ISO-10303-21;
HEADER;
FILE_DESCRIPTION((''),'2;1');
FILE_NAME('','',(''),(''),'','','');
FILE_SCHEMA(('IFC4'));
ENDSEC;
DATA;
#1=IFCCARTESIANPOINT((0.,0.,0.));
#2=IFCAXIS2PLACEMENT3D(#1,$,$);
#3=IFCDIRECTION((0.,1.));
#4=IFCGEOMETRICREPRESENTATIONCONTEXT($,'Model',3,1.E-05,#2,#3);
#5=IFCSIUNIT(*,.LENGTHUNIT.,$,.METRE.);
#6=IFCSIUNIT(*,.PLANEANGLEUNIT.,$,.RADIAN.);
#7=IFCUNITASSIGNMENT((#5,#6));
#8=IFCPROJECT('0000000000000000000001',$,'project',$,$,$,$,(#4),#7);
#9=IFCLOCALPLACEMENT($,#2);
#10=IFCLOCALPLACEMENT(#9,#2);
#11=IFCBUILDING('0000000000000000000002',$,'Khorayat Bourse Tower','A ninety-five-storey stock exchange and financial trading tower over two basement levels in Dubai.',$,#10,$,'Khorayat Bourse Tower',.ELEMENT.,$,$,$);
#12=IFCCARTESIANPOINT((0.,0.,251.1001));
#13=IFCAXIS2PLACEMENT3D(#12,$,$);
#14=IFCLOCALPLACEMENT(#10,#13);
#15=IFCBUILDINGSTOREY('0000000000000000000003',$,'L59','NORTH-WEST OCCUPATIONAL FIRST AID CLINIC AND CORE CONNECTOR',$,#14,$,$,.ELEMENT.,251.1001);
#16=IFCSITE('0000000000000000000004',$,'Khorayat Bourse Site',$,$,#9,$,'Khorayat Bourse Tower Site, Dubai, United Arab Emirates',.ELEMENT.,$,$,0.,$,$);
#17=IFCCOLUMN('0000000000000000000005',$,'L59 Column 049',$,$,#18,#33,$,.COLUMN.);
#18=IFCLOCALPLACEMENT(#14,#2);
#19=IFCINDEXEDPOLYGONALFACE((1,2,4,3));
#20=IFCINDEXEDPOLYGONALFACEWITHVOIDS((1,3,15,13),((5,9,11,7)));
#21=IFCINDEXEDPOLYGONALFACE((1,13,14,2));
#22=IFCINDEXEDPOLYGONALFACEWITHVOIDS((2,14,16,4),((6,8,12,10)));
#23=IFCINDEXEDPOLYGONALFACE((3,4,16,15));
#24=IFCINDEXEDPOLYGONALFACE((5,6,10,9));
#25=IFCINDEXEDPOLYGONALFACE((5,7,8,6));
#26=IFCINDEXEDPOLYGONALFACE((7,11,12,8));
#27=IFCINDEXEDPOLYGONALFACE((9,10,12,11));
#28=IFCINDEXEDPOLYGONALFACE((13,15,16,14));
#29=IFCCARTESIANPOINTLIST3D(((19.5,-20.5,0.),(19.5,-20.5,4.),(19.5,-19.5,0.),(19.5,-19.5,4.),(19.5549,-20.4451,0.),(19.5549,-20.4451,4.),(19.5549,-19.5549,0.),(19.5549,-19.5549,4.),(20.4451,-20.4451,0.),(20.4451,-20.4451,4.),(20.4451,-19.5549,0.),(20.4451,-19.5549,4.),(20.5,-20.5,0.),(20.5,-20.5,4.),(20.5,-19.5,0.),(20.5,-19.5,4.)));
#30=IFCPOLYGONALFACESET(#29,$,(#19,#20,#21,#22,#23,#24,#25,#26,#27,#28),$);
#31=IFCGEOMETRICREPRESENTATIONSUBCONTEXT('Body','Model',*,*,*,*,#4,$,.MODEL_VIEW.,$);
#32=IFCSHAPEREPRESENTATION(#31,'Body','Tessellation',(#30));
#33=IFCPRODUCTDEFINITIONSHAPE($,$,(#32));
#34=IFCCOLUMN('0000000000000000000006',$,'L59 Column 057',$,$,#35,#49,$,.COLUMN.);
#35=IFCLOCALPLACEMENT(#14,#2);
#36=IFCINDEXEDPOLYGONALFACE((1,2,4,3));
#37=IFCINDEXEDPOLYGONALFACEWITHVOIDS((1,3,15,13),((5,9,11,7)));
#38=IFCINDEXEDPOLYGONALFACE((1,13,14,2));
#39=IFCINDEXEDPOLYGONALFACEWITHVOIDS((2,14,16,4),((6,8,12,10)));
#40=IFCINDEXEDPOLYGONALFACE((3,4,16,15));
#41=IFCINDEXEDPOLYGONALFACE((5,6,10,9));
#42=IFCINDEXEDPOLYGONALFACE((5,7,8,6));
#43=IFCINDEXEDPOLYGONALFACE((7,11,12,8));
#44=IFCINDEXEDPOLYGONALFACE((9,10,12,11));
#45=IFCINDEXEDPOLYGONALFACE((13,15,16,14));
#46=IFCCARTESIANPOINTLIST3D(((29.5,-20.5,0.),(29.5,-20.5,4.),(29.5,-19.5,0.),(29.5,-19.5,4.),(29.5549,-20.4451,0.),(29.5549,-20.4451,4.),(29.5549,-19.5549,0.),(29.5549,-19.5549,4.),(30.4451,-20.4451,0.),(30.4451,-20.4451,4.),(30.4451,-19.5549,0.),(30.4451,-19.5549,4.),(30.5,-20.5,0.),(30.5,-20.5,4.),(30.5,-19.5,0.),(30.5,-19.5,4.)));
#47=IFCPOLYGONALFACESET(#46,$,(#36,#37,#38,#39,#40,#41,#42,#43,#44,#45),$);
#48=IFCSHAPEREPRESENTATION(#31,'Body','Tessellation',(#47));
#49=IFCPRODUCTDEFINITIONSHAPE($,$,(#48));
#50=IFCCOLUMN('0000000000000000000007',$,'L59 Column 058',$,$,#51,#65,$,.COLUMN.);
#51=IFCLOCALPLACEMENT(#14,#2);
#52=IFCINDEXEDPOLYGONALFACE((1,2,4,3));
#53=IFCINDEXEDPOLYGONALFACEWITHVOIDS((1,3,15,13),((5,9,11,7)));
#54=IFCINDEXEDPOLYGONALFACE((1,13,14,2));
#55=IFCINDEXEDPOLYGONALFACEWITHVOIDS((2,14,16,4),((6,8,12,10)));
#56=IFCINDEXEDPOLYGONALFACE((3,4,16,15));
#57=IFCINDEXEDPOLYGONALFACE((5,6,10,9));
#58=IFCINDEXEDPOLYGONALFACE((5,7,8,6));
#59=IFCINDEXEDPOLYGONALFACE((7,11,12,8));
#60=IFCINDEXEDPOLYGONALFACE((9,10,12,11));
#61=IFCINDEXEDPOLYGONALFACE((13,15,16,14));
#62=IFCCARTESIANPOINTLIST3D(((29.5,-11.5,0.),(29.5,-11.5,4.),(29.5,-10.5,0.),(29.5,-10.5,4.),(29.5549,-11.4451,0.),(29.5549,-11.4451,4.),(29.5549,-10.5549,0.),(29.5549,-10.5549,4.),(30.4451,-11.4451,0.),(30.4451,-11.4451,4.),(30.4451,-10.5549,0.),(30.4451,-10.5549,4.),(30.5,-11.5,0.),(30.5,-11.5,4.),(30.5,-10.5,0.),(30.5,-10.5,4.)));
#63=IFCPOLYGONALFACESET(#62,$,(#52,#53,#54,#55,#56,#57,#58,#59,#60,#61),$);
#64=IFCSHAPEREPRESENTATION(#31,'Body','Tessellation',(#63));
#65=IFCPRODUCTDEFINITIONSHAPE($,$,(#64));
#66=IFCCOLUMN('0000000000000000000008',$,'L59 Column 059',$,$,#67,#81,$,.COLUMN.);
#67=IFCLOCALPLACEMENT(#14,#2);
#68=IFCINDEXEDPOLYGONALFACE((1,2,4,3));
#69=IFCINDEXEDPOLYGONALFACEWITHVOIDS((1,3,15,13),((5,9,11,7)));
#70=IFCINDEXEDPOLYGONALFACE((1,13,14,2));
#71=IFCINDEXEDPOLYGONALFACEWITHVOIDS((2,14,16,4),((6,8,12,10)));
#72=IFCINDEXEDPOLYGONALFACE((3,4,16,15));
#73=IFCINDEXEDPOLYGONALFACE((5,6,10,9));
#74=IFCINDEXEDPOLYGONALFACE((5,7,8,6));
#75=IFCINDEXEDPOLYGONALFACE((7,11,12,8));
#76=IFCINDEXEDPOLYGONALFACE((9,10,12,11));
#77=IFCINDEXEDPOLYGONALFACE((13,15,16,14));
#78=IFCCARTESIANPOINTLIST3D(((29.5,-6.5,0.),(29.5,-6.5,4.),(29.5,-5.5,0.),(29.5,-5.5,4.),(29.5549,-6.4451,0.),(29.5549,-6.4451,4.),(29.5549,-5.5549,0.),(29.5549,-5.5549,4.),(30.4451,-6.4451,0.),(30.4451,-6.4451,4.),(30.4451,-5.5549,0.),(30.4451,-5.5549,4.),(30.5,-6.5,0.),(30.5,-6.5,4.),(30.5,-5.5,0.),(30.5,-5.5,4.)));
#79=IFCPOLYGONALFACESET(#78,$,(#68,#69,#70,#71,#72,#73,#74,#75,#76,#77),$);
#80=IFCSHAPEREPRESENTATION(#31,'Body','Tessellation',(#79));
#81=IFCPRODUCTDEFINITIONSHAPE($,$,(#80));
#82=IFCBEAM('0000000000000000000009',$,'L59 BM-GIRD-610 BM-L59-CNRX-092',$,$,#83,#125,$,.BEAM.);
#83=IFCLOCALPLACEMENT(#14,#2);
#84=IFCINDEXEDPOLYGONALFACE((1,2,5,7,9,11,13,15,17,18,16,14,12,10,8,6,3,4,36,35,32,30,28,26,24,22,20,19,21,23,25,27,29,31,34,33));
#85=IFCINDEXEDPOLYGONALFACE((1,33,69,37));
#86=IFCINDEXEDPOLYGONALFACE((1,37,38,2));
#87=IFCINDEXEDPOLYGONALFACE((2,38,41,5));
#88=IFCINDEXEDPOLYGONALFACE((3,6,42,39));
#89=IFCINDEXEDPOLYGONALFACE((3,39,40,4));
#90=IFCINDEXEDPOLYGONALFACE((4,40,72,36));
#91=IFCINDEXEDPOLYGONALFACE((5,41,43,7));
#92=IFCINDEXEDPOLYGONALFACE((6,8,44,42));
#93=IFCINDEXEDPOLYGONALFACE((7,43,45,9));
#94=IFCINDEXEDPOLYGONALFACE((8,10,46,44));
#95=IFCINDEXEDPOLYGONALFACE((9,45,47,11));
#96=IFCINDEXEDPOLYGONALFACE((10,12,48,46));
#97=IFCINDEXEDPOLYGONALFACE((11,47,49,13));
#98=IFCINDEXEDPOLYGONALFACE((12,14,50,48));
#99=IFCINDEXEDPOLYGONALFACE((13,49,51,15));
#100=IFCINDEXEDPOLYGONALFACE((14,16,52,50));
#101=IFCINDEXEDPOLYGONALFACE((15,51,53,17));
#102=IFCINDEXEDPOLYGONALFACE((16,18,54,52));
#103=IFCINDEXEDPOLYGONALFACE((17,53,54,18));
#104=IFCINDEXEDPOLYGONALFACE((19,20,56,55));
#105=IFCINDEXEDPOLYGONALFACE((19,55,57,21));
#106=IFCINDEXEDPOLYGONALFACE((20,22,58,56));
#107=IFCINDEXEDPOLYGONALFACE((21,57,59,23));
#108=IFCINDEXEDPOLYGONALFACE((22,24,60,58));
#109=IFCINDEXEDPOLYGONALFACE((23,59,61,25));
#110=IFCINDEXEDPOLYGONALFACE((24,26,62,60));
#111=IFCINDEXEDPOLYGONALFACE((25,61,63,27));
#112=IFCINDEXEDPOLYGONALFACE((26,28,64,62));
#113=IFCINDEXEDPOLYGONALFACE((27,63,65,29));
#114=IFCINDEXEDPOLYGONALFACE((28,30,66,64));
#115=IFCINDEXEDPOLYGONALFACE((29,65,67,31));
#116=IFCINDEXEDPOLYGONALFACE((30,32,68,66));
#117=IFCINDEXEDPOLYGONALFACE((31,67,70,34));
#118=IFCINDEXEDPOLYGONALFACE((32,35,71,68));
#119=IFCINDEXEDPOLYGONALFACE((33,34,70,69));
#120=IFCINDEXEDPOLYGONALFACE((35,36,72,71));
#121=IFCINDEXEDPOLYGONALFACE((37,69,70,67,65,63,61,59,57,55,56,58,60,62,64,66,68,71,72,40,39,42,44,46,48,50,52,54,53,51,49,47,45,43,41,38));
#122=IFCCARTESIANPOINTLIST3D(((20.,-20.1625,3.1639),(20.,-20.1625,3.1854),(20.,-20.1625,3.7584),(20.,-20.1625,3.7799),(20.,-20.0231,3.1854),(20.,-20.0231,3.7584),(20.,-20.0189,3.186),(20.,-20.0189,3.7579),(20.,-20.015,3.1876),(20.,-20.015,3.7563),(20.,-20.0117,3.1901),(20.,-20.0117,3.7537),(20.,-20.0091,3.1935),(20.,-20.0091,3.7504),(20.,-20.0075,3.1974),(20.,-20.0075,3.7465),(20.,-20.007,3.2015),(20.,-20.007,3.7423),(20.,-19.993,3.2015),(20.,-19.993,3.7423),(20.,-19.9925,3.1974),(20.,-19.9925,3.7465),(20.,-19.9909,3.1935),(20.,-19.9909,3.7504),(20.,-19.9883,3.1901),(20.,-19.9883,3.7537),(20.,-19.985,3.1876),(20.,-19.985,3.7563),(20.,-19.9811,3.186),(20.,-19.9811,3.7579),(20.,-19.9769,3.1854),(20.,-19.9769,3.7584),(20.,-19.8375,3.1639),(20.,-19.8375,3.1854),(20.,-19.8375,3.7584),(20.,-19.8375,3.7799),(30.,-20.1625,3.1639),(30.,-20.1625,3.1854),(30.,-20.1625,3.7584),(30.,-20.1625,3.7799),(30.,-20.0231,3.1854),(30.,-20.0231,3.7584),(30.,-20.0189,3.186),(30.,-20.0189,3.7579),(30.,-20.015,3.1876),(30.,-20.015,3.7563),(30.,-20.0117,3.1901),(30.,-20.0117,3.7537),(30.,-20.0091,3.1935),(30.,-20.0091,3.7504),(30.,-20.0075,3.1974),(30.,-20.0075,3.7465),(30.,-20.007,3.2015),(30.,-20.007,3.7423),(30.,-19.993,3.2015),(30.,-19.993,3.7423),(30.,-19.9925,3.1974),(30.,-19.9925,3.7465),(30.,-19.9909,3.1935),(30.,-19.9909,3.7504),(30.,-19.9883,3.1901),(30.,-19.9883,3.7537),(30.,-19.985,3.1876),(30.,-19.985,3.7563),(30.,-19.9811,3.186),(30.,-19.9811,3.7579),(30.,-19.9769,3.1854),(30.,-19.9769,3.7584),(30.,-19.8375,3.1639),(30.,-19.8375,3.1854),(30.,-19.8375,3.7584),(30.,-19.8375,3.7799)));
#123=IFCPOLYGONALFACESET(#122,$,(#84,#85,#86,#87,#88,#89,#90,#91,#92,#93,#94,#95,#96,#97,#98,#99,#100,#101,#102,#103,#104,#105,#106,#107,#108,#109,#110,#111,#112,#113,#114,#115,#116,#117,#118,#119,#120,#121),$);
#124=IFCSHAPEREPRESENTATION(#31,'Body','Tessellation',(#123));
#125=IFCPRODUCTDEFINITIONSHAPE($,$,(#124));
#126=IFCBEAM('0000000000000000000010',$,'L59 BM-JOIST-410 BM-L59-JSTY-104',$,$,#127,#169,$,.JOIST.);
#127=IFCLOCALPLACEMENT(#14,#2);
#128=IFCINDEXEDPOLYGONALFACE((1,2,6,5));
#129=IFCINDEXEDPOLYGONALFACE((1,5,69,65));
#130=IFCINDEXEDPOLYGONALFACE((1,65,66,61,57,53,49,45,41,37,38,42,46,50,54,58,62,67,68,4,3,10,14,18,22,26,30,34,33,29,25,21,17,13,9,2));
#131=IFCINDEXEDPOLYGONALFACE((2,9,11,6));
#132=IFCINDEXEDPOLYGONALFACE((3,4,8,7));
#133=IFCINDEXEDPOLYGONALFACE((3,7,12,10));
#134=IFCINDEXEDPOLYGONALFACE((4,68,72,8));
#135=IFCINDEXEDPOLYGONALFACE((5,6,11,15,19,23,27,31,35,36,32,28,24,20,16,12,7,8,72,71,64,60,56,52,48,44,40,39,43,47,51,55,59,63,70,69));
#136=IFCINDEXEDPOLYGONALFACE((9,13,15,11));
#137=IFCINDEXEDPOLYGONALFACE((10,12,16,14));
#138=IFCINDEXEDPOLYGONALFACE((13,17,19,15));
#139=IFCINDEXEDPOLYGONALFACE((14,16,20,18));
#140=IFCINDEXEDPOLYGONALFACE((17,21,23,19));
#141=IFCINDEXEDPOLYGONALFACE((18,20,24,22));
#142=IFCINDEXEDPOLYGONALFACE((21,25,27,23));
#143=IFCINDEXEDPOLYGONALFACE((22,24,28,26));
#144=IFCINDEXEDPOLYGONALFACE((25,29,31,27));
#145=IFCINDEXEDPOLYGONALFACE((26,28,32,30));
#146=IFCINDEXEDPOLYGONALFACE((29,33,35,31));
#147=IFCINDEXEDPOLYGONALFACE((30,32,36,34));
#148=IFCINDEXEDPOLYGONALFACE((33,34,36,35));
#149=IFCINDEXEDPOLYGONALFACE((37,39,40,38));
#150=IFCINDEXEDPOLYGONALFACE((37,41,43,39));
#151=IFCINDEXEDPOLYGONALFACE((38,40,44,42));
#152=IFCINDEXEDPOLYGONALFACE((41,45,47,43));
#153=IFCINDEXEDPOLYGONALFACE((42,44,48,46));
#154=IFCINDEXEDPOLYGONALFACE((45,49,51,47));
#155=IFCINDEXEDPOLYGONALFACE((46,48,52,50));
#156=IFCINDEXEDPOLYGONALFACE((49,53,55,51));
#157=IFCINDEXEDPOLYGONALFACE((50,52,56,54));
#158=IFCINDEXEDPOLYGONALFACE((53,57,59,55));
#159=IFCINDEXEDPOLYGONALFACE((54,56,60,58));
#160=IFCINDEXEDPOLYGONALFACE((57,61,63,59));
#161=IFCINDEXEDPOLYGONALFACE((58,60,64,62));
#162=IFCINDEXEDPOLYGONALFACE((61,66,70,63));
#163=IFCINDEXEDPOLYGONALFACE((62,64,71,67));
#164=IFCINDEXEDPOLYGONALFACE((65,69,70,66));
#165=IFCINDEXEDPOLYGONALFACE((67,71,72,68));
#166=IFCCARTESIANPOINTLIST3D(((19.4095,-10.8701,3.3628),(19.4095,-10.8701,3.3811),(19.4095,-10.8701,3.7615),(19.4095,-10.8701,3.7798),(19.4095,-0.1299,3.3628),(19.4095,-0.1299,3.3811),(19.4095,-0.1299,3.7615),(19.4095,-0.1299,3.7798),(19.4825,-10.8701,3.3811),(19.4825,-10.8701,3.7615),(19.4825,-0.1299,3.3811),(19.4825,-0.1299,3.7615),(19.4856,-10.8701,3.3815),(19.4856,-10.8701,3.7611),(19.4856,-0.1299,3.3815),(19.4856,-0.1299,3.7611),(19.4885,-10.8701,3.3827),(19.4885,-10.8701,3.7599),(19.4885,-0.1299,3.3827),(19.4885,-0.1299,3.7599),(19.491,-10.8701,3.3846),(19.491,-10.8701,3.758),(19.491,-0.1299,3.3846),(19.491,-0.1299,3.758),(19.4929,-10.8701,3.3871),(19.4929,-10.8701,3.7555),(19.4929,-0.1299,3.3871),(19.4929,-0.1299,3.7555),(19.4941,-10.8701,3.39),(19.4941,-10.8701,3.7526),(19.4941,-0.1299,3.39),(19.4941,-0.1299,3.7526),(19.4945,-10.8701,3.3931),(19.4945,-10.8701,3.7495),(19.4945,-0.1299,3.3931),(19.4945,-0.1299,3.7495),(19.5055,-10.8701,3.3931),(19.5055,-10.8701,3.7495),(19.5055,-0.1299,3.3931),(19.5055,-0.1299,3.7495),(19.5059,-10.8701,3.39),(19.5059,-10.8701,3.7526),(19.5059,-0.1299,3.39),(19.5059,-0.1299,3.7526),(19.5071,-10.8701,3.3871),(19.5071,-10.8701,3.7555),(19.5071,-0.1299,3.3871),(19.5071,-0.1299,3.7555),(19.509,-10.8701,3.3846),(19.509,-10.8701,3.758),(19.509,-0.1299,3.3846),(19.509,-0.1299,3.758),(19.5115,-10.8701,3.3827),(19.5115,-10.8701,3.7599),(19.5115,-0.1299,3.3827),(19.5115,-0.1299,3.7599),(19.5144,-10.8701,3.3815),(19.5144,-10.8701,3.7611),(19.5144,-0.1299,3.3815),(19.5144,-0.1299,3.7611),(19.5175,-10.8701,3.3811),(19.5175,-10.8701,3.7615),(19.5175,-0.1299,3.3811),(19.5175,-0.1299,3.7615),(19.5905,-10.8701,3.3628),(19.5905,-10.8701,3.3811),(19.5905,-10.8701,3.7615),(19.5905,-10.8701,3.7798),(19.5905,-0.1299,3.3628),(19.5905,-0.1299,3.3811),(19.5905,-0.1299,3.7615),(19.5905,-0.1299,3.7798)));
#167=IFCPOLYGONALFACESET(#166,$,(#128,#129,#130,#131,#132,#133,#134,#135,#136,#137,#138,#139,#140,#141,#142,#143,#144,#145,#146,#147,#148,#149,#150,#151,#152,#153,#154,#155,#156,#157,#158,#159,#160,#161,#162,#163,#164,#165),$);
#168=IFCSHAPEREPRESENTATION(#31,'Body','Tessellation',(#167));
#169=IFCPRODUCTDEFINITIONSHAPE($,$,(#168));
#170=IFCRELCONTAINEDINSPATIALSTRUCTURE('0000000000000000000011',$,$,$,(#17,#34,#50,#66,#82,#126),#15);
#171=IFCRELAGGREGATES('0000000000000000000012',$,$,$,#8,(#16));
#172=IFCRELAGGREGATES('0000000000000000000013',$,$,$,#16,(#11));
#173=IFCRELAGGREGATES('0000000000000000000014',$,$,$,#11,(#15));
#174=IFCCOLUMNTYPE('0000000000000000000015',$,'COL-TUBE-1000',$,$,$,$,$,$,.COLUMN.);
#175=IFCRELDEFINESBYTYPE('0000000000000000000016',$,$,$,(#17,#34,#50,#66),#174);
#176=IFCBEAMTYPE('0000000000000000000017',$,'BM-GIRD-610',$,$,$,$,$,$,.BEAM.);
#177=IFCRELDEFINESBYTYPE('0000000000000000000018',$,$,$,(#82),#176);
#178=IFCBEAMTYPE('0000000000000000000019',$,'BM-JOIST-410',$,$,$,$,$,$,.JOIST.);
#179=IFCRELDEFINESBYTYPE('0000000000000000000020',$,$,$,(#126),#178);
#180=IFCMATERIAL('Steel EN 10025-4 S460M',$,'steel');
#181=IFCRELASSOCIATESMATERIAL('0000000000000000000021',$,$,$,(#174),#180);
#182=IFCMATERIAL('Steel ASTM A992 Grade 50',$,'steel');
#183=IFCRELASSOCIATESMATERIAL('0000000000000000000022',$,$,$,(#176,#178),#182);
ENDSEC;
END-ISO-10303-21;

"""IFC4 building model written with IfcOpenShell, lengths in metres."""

from ifc_helpers import new_model, si_unit, direction, frame, origin, origin_2d, place, context, subcontext, project, spatial, hollow_rectangle, i_section, extrude, source, transform, mapped, material, material_profile, profile_set, type_object, element, save


model = new_model("IFC4")

# Units and contexts
model_context = context("Model", 3, precision=1e-05, world=origin(), true_north=direction((0.0, 1.0)))
body_context = subcontext(model_context, "Body", "Model", "MODEL_VIEW")
ifc_project = project(units=[si_unit("LENGTHUNIT", "METRE"), si_unit("PLANEANGLEUNIT", "RADIAN")], contexts=[model_context])

# Site, building, storey
site_placement = place(None, origin())
site = spatial("IfcSite", under=ifc_project, at=site_placement, Name="Khorayat Bourse Site", LongName="Khorayat Bourse Tower Site, Dubai, United Arab Emirates", CompositionType="ELEMENT", RefElevation=0.0)
building_placement = place(site_placement, origin())
building = spatial("IfcBuilding", under=site, at=building_placement, Name="Khorayat Bourse Tower", Description="A ninety-five-storey stock exchange and financial trading tower over two basement levels in Dubai.", LongName="Khorayat Bourse Tower", CompositionType="ELEMENT")
storey_placement = place(building_placement, frame((0.0, 0.0, 251.1001)))
storey = spatial("IfcBuildingStorey", under=building, at=storey_placement, Name="L59", Description="NORTH-WEST OCCUPATIONAL FIRST AID CLINIC AND CORE CONNECTOR", CompositionType="ELEMENT", Elevation=251.1001)

# Columns
ifc_material_1 = material(Name="Steel EN 10025-4 S460M", Category="steel")
ifc_material_profile_1 = material_profile(ifc_material_1, hollow_rectangle(XDim=1.0, YDim=1.0, WallThickness=0.0549, at=origin_2d()), Name="BOX 1000x1000x55")
ifc_profile_set_1 = profile_set([ifc_material_profile_1], Name="Steel EN 10025-4 S460M")
column_type = type_object("IfcColumnType", Name="COL-TUBE-1000", PredefinedType="COLUMN", material=ifc_profile_set_1)
shared_shape_1 = source(origin(), body_context, "Body", "SweptSolid", [
    extrude(hollow_rectangle(XDim=1.0, YDim=1.0, WallThickness=0.0549, at=origin_2d()), origin(), (0.0, 0.0, 1.0), 4.0),
])
for number, where, z_axis, x_axis, name in (
    (1, (20.0, -20.0, 0.0), (0.0, 0.0, 1.0), (1.0, 0.0, 0.0), "L59 Column 049"),
    (2, (30.0, -20.0, 0.0), (0.0, 0.0, 1.0), (1.0, 0.0, 0.0), "L59 Column 057"),
    (3, (30.0, -11.0, 0.0), (0.0, 0.0, 1.0), (1.0, 0.0, 0.0), "L59 Column 058"),
    (4, (30.0, -6.0, 0.0), (0.0, 0.0, 1.0), (1.0, 0.0, 0.0), "L59 Column 059"),
):
    element("IfcColumn", number, at=place(storey_placement, frame(where, z_axis=z_axis, x_axis=x_axis)), inside=storey, type_object=column_type, Name=name, PredefinedType="COLUMN", context=body_context, shape_type="MappedRepresentation", body=[
        mapped(shared_shape_1, transform((0.0, 0.0, 0.0), scale=1.0)),
    ])

# Beams
ifc_material_2 = material(Name="Steel ASTM A992 Grade 50", Category="steel")
ifc_material_profile_2 = material_profile(ifc_material_2, i_section(OverallWidth=0.325, OverallDepth=0.616, WebThickness=0.0139, FlangeThickness=0.0215, FilletRadius=0.0161, at=origin_2d()), Name="W610X174")
ifc_profile_set_2 = profile_set([ifc_material_profile_2], Name="Steel ASTM A992 Grade 50")
beam_type_1 = type_object("IfcBeamType", Name="BM-GIRD-610", PredefinedType="BEAM", material=ifc_profile_set_2)
shared_shape_2 = source(origin(), body_context, "Body", "SweptSolid", [
    extrude(i_section(OverallWidth=0.325, OverallDepth=0.616, WebThickness=0.0139, FlangeThickness=0.0215, FilletRadius=0.0161, at=origin_2d()), origin(), (0.0, 0.0, 1.0), 10.0),
])
beam_1_placement = place(storey_placement, frame((20.0, -20.0, 3.4719), z_axis=(1.0, 0.0, 0.0), x_axis=(0.0, 1.0, 0.0)))
element("IfcBeam", 5, at=beam_1_placement, inside=storey, type_object=beam_type_1, Name="L59 BM-GIRD-610 BM-L59-CNRX-092", PredefinedType="BEAM", context=body_context, shape_type="MappedRepresentation", body=[
    mapped(shared_shape_2, transform((0.0, 0.0, 0.0), scale=1.0)),
])
ifc_material_profile_3 = material_profile(ifc_material_2, i_section(OverallWidth=0.1809, OverallDepth=0.417, WebThickness=0.011, FlangeThickness=0.0183, FilletRadius=0.012, at=origin_2d()), Name="W410X85")
ifc_profile_set_3 = profile_set([ifc_material_profile_3], Name="Steel ASTM A992 Grade 50")
beam_type_2 = type_object("IfcBeamType", Name="BM-JOIST-410", PredefinedType="JOIST", material=ifc_profile_set_3)
shared_shape_3 = source(origin(), body_context, "Body", "SweptSolid", [
    extrude(i_section(OverallWidth=0.1809, OverallDepth=0.417, WebThickness=0.011, FlangeThickness=0.0183, FilletRadius=0.012, at=origin_2d()), origin(), (0.0, 0.0, 1.0), 10.7402),
])
beam_2_placement = place(storey_placement, frame((19.5, -10.8701, 3.5713), z_axis=(0.0, 1.0, 0.0), x_axis=(-1.0, 0.0, 0.0)))
element("IfcBeam", 6, at=beam_2_placement, inside=storey, type_object=beam_type_2, Name="L59 BM-JOIST-410 BM-L59-JSTY-104", PredefinedType="JOIST", context=body_context, shape_type="MappedRepresentation", body=[
    mapped(shared_shape_3, transform((0.0, 0.0, 0.0), scale=1.0)),
])

save(model, "model.ifc")
